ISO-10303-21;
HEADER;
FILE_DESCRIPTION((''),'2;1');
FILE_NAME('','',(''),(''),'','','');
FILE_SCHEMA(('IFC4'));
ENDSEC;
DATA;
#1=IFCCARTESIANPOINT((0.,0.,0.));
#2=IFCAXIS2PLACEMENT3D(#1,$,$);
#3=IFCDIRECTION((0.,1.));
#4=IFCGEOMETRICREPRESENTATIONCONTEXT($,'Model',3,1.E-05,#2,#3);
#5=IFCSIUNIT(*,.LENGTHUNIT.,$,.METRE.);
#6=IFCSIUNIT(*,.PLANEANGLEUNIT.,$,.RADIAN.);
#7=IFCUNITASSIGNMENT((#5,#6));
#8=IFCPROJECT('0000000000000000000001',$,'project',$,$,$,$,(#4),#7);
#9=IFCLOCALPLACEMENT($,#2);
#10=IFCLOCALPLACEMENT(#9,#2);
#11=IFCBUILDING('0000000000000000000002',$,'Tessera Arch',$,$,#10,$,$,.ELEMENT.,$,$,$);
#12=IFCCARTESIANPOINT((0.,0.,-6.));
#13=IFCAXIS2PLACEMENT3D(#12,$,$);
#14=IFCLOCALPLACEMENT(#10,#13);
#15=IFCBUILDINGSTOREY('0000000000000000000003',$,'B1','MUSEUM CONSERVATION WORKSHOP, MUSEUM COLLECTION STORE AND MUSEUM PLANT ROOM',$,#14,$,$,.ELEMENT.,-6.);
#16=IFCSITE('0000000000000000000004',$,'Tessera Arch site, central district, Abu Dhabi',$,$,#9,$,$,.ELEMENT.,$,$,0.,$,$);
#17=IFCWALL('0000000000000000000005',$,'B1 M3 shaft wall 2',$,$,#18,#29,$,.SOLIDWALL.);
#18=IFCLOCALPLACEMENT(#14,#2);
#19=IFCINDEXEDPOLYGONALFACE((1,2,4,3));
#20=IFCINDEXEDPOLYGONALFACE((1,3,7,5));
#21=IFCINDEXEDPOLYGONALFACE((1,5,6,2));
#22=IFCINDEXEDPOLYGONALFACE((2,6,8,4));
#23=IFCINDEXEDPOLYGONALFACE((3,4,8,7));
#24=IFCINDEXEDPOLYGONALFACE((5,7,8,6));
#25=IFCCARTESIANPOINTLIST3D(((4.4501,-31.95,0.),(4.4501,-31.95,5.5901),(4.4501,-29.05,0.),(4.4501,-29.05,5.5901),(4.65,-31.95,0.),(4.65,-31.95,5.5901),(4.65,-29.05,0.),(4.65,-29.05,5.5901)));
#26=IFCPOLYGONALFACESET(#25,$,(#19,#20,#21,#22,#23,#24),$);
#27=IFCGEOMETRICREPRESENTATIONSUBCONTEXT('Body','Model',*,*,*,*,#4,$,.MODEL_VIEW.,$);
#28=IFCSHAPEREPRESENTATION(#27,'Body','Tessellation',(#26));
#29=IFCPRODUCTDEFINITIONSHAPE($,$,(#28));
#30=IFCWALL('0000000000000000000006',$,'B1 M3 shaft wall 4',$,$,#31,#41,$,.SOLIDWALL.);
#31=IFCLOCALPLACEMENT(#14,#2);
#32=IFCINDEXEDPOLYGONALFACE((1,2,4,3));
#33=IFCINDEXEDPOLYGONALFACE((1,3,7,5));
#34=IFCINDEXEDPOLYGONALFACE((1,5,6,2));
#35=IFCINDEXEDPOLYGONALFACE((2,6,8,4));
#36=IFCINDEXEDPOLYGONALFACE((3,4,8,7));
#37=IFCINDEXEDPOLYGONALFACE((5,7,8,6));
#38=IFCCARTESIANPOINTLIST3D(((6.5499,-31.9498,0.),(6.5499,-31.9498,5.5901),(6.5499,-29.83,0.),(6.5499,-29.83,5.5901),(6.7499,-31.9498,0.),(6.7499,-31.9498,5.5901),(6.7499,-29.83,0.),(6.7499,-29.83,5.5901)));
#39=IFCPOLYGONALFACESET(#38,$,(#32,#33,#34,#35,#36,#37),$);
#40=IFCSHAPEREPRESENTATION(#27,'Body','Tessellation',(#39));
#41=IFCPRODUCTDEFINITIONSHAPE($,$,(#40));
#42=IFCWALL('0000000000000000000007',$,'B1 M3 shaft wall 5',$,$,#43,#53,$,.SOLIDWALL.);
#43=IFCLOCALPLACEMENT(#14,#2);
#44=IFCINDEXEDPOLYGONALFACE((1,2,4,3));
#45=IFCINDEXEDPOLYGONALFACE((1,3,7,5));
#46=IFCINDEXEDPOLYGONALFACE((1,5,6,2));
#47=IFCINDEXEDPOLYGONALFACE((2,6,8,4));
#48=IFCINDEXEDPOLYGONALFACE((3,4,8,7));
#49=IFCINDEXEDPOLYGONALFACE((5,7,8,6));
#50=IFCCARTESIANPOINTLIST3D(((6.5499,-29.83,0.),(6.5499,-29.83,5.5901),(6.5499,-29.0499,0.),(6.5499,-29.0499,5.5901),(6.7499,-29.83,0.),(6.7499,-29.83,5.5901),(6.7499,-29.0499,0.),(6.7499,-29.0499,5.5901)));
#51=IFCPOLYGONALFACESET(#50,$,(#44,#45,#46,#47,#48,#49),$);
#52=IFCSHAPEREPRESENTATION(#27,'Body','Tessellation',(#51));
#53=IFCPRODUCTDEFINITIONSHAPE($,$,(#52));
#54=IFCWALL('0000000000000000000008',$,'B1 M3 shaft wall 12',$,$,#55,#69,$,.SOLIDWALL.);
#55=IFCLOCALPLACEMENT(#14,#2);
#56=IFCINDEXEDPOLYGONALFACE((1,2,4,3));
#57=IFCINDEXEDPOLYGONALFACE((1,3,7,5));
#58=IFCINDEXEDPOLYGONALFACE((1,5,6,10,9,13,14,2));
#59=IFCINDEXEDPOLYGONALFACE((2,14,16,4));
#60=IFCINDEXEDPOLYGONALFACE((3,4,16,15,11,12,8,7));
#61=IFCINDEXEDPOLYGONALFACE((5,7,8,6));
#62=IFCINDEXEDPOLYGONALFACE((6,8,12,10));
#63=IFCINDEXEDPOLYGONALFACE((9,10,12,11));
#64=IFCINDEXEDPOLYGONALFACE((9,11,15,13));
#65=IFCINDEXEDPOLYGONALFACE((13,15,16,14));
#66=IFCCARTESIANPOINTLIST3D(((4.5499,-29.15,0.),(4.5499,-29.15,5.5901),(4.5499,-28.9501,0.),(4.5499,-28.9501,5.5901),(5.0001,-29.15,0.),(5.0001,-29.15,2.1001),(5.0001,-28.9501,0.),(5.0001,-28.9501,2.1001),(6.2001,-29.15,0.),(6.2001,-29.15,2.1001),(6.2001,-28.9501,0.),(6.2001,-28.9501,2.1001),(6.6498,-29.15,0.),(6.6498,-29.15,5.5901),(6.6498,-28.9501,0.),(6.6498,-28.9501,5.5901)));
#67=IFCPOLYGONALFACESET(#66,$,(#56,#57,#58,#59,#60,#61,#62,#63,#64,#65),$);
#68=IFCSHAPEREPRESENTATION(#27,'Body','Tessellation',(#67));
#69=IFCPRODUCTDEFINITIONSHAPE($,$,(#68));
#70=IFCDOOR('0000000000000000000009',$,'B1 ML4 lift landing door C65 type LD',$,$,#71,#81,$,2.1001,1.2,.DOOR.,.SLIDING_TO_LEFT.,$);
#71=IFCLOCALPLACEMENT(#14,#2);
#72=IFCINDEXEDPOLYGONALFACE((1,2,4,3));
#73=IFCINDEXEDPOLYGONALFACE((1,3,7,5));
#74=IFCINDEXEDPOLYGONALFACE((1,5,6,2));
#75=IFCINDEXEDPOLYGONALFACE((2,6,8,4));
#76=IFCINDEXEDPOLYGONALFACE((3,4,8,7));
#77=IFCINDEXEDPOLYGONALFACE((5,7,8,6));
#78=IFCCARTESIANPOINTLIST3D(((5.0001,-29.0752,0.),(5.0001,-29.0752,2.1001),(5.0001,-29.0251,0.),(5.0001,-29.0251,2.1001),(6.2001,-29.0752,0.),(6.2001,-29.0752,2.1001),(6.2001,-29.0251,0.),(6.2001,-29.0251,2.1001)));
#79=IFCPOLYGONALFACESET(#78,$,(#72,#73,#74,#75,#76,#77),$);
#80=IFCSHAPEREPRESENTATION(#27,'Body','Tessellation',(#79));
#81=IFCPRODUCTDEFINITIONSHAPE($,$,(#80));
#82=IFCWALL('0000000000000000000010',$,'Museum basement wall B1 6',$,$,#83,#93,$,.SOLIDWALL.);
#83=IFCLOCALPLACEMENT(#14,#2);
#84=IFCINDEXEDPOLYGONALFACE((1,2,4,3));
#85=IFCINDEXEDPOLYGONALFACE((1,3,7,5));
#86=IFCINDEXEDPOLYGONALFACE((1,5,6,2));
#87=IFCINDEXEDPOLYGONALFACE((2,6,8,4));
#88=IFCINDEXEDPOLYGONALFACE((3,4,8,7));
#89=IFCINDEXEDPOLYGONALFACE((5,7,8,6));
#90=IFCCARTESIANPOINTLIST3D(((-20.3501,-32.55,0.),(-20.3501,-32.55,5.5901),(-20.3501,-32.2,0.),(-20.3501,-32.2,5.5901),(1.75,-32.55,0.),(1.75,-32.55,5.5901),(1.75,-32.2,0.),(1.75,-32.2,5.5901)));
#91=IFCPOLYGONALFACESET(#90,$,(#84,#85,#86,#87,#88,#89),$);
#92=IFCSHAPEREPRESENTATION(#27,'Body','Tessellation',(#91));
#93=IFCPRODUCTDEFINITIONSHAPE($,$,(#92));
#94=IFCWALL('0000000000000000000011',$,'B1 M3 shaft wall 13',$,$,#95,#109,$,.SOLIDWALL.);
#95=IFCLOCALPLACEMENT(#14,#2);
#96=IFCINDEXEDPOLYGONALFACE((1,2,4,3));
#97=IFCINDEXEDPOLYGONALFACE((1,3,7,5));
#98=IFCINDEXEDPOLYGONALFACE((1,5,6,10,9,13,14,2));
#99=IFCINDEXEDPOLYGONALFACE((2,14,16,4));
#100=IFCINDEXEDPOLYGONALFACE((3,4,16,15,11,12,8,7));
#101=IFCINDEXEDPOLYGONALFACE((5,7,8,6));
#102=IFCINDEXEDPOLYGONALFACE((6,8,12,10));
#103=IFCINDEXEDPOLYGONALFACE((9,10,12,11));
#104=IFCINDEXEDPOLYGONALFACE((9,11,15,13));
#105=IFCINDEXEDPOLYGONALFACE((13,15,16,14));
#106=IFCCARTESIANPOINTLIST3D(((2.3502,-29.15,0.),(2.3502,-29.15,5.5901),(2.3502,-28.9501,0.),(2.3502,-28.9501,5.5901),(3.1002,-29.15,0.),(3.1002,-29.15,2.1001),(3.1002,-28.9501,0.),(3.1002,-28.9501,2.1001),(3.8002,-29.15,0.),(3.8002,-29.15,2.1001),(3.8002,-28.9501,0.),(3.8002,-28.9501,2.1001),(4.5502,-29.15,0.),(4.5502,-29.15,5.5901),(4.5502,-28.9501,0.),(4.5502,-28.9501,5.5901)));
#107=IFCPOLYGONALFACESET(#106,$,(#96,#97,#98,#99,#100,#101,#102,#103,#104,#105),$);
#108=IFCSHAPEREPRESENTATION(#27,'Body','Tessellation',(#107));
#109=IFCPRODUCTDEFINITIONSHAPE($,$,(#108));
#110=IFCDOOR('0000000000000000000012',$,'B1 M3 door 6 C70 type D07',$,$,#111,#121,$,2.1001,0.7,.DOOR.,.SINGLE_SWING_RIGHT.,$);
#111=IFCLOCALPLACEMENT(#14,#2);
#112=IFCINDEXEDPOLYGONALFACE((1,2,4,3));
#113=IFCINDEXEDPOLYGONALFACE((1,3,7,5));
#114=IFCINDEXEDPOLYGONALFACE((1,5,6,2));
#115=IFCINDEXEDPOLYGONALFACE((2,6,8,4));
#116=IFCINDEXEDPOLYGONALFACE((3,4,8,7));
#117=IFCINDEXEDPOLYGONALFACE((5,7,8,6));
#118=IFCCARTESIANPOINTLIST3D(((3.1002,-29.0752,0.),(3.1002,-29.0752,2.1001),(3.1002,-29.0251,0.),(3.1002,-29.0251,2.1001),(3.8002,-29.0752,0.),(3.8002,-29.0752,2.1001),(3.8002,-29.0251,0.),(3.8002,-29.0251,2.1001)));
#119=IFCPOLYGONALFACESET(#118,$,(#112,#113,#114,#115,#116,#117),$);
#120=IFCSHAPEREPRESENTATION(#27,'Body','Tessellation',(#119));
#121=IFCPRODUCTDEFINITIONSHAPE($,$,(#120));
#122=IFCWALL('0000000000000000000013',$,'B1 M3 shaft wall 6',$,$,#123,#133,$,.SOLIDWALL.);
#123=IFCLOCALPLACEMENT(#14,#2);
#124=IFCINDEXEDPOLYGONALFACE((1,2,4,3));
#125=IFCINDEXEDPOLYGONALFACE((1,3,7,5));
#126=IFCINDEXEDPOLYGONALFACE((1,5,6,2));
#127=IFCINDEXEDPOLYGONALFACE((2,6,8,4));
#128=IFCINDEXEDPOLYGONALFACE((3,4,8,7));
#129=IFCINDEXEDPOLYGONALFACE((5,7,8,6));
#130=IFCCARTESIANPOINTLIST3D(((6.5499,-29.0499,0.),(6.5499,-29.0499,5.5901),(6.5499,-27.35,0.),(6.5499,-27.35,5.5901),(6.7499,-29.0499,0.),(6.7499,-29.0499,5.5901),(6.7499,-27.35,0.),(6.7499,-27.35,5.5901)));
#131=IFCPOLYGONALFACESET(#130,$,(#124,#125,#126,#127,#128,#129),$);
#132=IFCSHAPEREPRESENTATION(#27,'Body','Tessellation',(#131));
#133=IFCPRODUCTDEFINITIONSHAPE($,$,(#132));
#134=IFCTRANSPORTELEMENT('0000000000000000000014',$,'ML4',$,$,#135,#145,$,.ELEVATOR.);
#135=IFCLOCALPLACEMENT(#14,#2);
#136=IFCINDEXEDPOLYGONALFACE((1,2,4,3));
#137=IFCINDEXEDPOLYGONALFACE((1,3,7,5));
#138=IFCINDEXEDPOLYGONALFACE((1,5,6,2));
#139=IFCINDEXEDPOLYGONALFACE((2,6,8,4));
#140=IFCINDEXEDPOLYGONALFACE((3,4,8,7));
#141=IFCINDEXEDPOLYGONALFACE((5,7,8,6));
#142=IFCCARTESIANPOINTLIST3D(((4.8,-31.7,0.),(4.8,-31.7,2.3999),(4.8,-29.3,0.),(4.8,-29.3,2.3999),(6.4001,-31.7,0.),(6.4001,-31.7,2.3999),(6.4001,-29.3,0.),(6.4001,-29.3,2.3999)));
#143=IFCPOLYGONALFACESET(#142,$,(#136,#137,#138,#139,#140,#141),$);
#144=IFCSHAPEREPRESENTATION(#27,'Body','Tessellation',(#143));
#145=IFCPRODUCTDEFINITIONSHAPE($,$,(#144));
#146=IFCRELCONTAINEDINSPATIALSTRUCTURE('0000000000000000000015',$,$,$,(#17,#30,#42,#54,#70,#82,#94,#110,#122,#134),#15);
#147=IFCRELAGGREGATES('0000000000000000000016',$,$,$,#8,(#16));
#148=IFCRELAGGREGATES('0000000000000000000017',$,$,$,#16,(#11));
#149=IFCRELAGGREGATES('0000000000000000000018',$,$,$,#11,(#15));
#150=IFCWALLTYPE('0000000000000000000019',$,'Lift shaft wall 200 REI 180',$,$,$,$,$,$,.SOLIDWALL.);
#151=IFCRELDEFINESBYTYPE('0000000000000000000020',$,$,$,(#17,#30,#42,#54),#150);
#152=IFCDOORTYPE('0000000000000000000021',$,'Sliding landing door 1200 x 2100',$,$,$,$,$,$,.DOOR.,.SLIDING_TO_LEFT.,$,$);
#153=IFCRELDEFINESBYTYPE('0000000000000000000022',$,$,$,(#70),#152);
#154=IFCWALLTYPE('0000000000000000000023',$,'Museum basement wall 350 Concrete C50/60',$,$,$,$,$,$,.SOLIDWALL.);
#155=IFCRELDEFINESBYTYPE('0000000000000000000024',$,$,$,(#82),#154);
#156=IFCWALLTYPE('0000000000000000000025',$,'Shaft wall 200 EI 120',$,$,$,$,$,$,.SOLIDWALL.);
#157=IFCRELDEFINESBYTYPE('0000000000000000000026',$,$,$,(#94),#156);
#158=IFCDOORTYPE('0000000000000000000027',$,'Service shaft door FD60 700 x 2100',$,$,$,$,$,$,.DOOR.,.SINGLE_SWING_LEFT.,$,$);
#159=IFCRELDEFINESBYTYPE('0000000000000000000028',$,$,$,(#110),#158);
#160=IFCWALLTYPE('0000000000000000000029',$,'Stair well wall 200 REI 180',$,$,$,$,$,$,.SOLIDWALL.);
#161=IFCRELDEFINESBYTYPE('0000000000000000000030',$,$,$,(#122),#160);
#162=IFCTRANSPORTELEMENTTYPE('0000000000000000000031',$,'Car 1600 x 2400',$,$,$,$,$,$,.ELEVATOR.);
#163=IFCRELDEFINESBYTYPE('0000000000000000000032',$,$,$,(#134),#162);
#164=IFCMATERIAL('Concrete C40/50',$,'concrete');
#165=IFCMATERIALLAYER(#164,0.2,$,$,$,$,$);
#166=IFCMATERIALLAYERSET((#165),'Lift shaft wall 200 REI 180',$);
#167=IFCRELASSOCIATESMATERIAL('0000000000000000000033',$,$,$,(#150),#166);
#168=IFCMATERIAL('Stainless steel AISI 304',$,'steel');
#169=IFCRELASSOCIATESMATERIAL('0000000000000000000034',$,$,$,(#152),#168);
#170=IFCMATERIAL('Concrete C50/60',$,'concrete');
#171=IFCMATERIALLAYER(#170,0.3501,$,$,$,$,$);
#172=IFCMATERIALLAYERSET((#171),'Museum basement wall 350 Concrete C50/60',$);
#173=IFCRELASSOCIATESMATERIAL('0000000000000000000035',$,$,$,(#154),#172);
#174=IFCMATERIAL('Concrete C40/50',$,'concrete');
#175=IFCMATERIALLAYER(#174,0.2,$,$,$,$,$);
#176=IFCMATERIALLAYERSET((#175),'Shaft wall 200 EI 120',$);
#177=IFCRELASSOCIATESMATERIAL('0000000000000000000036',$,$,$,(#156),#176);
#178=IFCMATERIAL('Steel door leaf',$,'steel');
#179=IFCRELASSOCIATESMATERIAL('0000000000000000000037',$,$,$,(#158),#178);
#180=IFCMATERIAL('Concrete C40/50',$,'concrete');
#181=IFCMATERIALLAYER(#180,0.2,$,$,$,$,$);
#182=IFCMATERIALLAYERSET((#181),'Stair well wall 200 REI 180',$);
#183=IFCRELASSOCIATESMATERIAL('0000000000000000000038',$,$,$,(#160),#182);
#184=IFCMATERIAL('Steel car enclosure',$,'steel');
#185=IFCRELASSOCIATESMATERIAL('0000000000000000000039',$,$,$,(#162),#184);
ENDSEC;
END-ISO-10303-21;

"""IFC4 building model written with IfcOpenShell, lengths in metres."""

from ifc_helpers import new_model, si_unit, direction, frame, frame_2d, origin, origin_2d, place, context, subcontext, project, spatial, rectangle, extrude, material, layer, layer_set, type_object, element, fill, save


model = new_model("IFC4")

# Units and contexts
model_context = context("Model", 3, precision=1e-05, world=origin(), true_north=direction((0.0, 1.0)))
body_context = subcontext(model_context, "Body", "Model", "MODEL_VIEW")
ifc_project = project(units=[si_unit("LENGTHUNIT", "METRE"), si_unit("PLANEANGLEUNIT", "RADIAN")], contexts=[model_context])

# Site, building, storey
site_placement = place(None, origin())
site = spatial("IfcSite", under=ifc_project, at=site_placement, Name="Tessera Arch site, central district, Abu Dhabi", CompositionType="ELEMENT", RefElevation=0.0)
building_placement = place(site_placement, origin())
building = spatial("IfcBuilding", under=site, at=building_placement, Name="Tessera Arch", CompositionType="ELEMENT")
storey_placement = place(building_placement, frame((0.0, 0.0, -6.0)))
storey = spatial("IfcBuildingStorey", under=building, at=storey_placement, Name="B1", Description="MUSEUM CONSERVATION WORKSHOP, MUSEUM COLLECTION STORE AND MUSEUM PLANT ROOM", CompositionType="ELEMENT", Elevation=-6.0)

# Walls
ifc_material_1 = material(Name="Concrete C40/50", Category="concrete")
ifc_layer_1 = layer(ifc_material_1, 0.2)
ifc_layer_set_1 = layer_set([ifc_layer_1], Name="Lift shaft wall 200 REI 180")
wall_type_1 = type_object("IfcWallType", Name="Lift shaft wall 200 REI 180", PredefinedType="SOLIDWALL", material=ifc_layer_set_1)
wall_1_placement = place(storey_placement, frame((4.55, -31.95, 0.0), z_axis=(0.0, 0.0, 1.0), x_axis=(0.0, 1.0, 0.0)))
element("IfcWall", 1, at=wall_1_placement, inside=storey, type_object=wall_type_1, Name="B1 M3 shaft wall 2", PredefinedType="SOLIDWALL", context=body_context, shape_type="SweptSolid", body=[
    extrude(rectangle(XDim=2.8999, YDim=0.2, at=frame_2d((1.45, 0.0))), origin(), (0.0, 0.0, 1.0), 5.5901),
])
wall_2_placement = place(storey_placement, frame((6.6499, -31.95, 0.0), z_axis=(0.0, 0.0, 1.0), x_axis=(0.0, 1.0, 0.0)))
element("IfcWall", 2, at=wall_2_placement, inside=storey, type_object=wall_type_1, Name="B1 M3 shaft wall 4", PredefinedType="SOLIDWALL", context=body_context, shape_type="SweptSolid", body=[
    extrude(rectangle(XDim=2.1199, YDim=0.2, at=frame_2d((1.0601, 0.0))), origin(), (0.0, 0.0, 1.0), 5.5901),
])
wall_3_placement = place(storey_placement, frame((6.6499, -29.8301, 0.0), z_axis=(0.0, 0.0, 1.0), x_axis=(0.0, 1.0, 0.0)))
element("IfcWall", 3, at=wall_3_placement, inside=storey, type_object=wall_type_1, Name="B1 M3 shaft wall 5", PredefinedType="SOLIDWALL", context=body_context, shape_type="SweptSolid", body=[
    extrude(rectangle(XDim=0.78, YDim=0.2, at=frame_2d((0.3901, 0.0))), origin(), (0.0, 0.0, 1.0), 5.5901),
])

# Wall, opening, door
wall_4_placement = place(storey_placement, frame((4.55, -29.05, 0.0), z_axis=(0.0, 0.0, 1.0), x_axis=(1.0, 0.0, 0.0)))
wall_4 = element("IfcWall", 4, at=wall_4_placement, inside=storey, type_object=wall_type_1, Name="B1 M3 shaft wall 12", PredefinedType="SOLIDWALL", context=body_context, shape_type="SweptSolid", body=[
    extrude(rectangle(XDim=2.0999, YDim=0.2, at=frame_2d((1.0498, 0.0))), origin(), (0.0, 0.0, 1.0), 5.5901),
])
opening_1_placement = place(wall_4_placement, frame((0.45, 0.0, 0.0)))
opening_1 = element("IfcOpeningElement", 5, at=opening_1_placement, cuts=wall_4, PredefinedType="OPENING", context=body_context, shape_type="SweptSolid", body=[
    extrude(rectangle(XDim=1.2, YDim=2.1001, at=frame_2d((0.6001, 1.05))), frame((0.0, 0.1099, 0.0), z_axis=(0.0, -1.0, 0.0), x_axis=(1.0, 0.0, 0.0)), (0.0, 0.0, 1.0), 0.22),
])
ifc_material_2 = material(Name="Stainless steel AISI 304", Category="steel")
door_type_1 = type_object("IfcDoorType", Name="Sliding landing door 1200 x 2100", OperationType="SLIDING_TO_LEFT", PredefinedType="DOOR", material=ifc_material_2)
door_1_placement = place(opening_1_placement, origin())
door_1 = element("IfcDoor", 6, at=door_1_placement, inside=storey, type_object=door_type_1, Name="B1 ML4 lift landing door C65 type LD", OperationType="SLIDING_TO_LEFT", OverallHeight=2.1001, OverallWidth=1.2, PredefinedType="DOOR", context=body_context, shape_type="SweptSolid", body=[
    extrude(rectangle(XDim=1.2, YDim=2.1001, at=frame_2d((0.6001, 1.05))), frame((0.0, 0.0249, 0.0), z_axis=(0.0, -1.0, 0.0), x_axis=(1.0, 0.0, 0.0)), (0.0, 0.0, 1.0), 0.05),
])
fill(opening_1, door_1)

# Wall
ifc_material_3 = material(Name="Concrete C50/60", Category="concrete")
ifc_layer_2 = layer(ifc_material_3, 0.3501)
ifc_layer_set_2 = layer_set([ifc_layer_2], Name="Museum basement wall 350 Concrete C50/60")
wall_type_2 = type_object("IfcWallType", Name="Museum basement wall 350 Concrete C50/60", PredefinedType="SOLIDWALL", material=ifc_layer_set_2)
wall_5_placement = place(storey_placement, frame((1.75, -32.375, 0.0), z_axis=(0.0, 0.0, 1.0), x_axis=(-1.0, 0.0, 0.0)))
element("IfcWall", 7, at=wall_5_placement, inside=storey, type_object=wall_type_2, Name="Museum basement wall B1 6", PredefinedType="SOLIDWALL", context=body_context, shape_type="SweptSolid", body=[
    extrude(rectangle(XDim=22.1001, YDim=0.3501, at=frame_2d((11.05, 0.0))), origin(), (0.0, 0.0, 1.0), 5.5901),
])

# Wall, opening, door
ifc_material_4 = material(Name="Concrete C40/50", Category="concrete")
ifc_layer_3 = layer(ifc_material_4, 0.2)
ifc_layer_set_3 = layer_set([ifc_layer_3], Name="Shaft wall 200 EI 120")
wall_type_3 = type_object("IfcWallType", Name="Shaft wall 200 EI 120", PredefinedType="SOLIDWALL", material=ifc_layer_set_3)
wall_6_placement = place(storey_placement, frame((2.3501, -29.05, 0.0), z_axis=(0.0, 0.0, 1.0), x_axis=(1.0, 0.0, 0.0)))
wall_6 = element("IfcWall", 8, at=wall_6_placement, inside=storey, type_object=wall_type_3, Name="B1 M3 shaft wall 13", PredefinedType="SOLIDWALL", context=body_context, shape_type="SweptSolid", body=[
    extrude(rectangle(XDim=2.2, YDim=0.2, at=frame_2d((1.1001, 0.0))), origin(), (0.0, 0.0, 1.0), 5.5901),
])
opening_2_placement = place(wall_6_placement, frame((0.75, 0.0, 0.0)))
opening_2 = element("IfcOpeningElement", 9, at=opening_2_placement, cuts=wall_6, PredefinedType="OPENING", context=body_context, shape_type="SweptSolid", body=[
    extrude(rectangle(XDim=0.7, YDim=2.1001, at=frame_2d((0.3501, 1.05))), frame((0.0, 0.1099, 0.0), z_axis=(0.0, -1.0, 0.0), x_axis=(1.0, 0.0, 0.0)), (0.0, 0.0, 1.0), 0.22),
])
ifc_material_5 = material(Name="Steel door leaf", Category="steel")
door_type_2 = type_object("IfcDoorType", Name="Service shaft door FD60 700 x 2100", OperationType="SINGLE_SWING_LEFT", PredefinedType="DOOR", material=ifc_material_5)
door_2_placement = place(opening_2_placement, origin())
door_2 = element("IfcDoor", 10, at=door_2_placement, inside=storey, type_object=door_type_2, Name="B1 M3 door 6 C70 type D07", OperationType="SINGLE_SWING_RIGHT", OverallHeight=2.1001, OverallWidth=0.7, PredefinedType="DOOR", context=body_context, shape_type="SweptSolid", body=[
    extrude(rectangle(XDim=0.7, YDim=2.1001, at=frame_2d((0.3501, 1.05))), frame((0.0, 0.0249, 0.0), z_axis=(0.0, -1.0, 0.0), x_axis=(1.0, 0.0, 0.0)), (0.0, 0.0, 1.0), 0.05),
])
fill(opening_2, door_2)

# Wall
ifc_material_6 = material(Name="Concrete C40/50", Category="concrete")
ifc_layer_4 = layer(ifc_material_6, 0.2)
ifc_layer_set_4 = layer_set([ifc_layer_4], Name="Stair well wall 200 REI 180")
wall_type_4 = type_object("IfcWallType", Name="Stair well wall 200 REI 180", PredefinedType="SOLIDWALL", material=ifc_layer_set_4)
wall_7_placement = place(storey_placement, frame((6.6499, -29.05, 0.0), z_axis=(0.0, 0.0, 1.0), x_axis=(0.0, 1.0, 0.0)))
element("IfcWall", 11, at=wall_7_placement, inside=storey, type_object=wall_type_4, Name="B1 M3 shaft wall 6", PredefinedType="SOLIDWALL", context=body_context, shape_type="SweptSolid", body=[
    extrude(rectangle(XDim=1.7, YDim=0.2, at=frame_2d((0.8501, 0.0))), origin(), (0.0, 0.0, 1.0), 5.5901),
])

# Transport element
ifc_material_7 = material(Name="Steel car enclosure", Category="steel")
transport_element_type = type_object("IfcTransportElementType", Name="Car 1600 x 2400", PredefinedType="ELEVATOR", material=ifc_material_7)
transport_element_placement = place(storey_placement, frame((5.6001, -30.5, 0.0), z_axis=(0.0, 0.0, 1.0), x_axis=(1.0, 0.0, 0.0)))
element("IfcTransportElement", 12, at=transport_element_placement, inside=storey, type_object=transport_element_type, Name="ML4", PredefinedType="ELEVATOR", context=body_context, shape_type="SweptSolid", body=[
    extrude(rectangle(XDim=1.6001, YDim=2.3999, at=origin_2d()), origin(), (0.0, 0.0, 1.0), 2.3999),
])

save(model, "model.ifc")
